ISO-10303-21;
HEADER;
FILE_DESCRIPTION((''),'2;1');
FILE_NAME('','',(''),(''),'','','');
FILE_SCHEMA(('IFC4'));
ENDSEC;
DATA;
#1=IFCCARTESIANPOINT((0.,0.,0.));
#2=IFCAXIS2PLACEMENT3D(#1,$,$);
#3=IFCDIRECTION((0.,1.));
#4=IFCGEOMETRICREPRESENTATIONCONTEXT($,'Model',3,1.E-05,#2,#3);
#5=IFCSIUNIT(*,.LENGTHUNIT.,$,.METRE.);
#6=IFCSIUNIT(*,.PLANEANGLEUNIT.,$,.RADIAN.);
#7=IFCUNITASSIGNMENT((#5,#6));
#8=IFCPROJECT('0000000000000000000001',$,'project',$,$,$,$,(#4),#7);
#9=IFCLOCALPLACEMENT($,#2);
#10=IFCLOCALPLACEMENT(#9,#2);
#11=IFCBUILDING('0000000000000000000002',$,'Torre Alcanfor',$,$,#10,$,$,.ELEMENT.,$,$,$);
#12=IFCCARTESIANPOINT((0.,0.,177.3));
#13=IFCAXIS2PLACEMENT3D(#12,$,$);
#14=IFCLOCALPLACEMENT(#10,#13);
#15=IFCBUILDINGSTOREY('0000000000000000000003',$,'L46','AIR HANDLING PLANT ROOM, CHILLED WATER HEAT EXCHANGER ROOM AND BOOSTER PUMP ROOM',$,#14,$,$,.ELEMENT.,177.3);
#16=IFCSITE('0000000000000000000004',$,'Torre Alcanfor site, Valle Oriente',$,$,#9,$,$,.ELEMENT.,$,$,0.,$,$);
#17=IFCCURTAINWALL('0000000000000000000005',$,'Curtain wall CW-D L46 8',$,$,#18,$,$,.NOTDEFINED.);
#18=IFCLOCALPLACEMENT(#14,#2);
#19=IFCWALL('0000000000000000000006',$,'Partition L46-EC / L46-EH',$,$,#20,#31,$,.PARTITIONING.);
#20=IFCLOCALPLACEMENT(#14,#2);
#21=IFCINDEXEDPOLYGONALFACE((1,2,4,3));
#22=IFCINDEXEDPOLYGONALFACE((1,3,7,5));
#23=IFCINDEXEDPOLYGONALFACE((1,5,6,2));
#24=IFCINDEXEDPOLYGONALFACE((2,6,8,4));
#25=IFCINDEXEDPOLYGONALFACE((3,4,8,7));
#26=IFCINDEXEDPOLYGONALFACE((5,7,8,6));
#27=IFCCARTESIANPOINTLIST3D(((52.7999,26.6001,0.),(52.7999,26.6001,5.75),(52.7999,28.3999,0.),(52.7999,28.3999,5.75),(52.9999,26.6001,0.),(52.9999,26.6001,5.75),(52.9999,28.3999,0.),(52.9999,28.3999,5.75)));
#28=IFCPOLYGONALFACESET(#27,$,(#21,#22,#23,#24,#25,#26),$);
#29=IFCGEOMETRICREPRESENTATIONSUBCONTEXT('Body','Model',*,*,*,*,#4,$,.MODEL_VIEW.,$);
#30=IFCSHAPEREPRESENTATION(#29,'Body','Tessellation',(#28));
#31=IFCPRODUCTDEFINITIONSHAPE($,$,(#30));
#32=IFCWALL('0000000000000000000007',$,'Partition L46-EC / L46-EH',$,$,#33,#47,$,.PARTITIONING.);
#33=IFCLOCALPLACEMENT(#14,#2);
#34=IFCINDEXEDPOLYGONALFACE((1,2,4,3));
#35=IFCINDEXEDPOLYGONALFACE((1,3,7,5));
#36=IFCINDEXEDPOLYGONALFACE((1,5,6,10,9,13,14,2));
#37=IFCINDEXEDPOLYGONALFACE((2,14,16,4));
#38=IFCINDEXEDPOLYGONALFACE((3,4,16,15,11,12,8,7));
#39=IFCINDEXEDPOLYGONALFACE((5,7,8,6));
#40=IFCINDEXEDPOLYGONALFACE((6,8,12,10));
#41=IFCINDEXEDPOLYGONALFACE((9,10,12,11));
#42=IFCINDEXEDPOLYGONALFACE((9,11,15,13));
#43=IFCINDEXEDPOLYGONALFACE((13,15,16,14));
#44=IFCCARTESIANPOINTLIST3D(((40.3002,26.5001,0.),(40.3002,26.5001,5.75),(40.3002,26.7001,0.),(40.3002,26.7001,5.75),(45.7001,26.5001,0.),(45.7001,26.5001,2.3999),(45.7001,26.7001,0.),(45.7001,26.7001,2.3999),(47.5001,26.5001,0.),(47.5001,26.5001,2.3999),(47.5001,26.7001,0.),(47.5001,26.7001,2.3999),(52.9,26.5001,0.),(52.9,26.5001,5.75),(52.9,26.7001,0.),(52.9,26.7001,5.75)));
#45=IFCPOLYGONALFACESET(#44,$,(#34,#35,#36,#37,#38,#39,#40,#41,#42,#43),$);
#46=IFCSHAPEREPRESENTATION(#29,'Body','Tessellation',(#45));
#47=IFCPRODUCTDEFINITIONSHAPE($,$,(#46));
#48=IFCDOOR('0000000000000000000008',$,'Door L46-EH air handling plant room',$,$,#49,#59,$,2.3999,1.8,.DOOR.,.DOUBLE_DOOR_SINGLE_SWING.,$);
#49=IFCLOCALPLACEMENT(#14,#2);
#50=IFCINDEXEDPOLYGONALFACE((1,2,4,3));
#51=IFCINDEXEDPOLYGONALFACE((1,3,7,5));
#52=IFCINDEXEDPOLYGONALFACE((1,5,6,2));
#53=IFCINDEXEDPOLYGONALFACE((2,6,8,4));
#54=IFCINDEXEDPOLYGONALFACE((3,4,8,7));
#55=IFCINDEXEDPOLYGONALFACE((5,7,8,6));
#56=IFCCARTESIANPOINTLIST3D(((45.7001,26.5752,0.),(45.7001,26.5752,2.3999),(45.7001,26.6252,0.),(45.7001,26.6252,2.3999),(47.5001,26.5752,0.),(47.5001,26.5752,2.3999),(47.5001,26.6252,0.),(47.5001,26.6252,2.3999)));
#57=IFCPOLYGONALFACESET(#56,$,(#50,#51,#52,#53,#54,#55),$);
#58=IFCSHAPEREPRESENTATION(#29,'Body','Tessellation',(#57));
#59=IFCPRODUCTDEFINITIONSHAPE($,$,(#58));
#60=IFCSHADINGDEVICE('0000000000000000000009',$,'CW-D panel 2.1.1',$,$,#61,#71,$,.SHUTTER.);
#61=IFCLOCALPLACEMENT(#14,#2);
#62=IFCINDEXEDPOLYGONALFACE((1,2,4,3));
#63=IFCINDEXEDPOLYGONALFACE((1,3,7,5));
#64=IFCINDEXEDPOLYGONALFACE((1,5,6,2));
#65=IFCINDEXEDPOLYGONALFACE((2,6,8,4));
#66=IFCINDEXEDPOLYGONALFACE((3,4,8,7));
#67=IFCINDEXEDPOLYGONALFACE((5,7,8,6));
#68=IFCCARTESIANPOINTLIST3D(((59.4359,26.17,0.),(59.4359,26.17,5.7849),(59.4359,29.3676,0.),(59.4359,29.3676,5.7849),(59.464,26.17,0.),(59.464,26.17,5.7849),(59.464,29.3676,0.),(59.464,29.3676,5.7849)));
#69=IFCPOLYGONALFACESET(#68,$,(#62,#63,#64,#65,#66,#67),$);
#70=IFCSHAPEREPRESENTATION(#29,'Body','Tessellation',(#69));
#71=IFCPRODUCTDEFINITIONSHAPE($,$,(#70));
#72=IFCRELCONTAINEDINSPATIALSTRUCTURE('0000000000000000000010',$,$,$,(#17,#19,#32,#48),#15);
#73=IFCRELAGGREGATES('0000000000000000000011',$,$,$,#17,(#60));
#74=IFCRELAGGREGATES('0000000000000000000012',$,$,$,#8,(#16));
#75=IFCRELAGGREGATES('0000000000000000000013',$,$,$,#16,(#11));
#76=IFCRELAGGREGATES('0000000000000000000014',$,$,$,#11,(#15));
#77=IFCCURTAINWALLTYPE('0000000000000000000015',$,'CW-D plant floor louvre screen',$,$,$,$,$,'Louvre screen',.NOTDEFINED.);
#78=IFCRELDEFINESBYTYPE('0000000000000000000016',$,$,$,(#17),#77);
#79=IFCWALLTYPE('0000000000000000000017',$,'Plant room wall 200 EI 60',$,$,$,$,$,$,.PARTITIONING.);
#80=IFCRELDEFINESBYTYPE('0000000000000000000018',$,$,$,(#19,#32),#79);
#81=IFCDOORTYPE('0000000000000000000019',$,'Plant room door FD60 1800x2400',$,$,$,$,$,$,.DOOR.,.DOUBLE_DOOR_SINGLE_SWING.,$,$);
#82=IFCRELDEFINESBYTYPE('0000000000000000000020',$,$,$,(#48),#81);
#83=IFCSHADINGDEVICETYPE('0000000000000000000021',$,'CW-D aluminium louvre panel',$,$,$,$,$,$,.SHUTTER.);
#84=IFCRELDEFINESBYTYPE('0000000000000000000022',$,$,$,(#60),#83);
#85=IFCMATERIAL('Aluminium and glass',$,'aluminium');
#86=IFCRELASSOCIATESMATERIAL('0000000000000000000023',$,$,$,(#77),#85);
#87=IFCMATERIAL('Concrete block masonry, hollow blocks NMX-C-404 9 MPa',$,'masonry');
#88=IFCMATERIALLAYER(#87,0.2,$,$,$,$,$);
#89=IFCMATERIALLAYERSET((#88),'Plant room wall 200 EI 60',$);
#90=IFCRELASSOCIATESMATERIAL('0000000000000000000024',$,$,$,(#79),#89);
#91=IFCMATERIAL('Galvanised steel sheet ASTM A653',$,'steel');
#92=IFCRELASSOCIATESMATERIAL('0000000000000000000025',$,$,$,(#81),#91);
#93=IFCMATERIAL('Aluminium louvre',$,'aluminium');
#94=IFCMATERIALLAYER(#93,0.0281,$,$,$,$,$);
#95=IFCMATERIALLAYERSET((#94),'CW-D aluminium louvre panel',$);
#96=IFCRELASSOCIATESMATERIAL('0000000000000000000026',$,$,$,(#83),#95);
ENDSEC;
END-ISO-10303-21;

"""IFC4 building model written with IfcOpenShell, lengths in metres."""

from ifc_helpers import new_model, si_unit, direction, frame, frame_2d, origin, origin_2d, place, context, subcontext, project, spatial, rectangle, extrude, material, layer, layer_set, type_object, element, fill, aggregate, save


model = new_model("IFC4")

# Units and contexts
model_context = context("Model", 3, precision=1e-05, world=origin(), true_north=direction((0.0, 1.0)))
body_context = subcontext(model_context, "Body", "Model", "MODEL_VIEW")
ifc_project = project(units=[si_unit("LENGTHUNIT", "METRE"), si_unit("PLANEANGLEUNIT", "RADIAN")], contexts=[model_context])

# Site, building, storey
site_placement = place(None, origin())
site = spatial("IfcSite", under=ifc_project, at=site_placement, Name="Torre Alcanfor site, Valle Oriente", CompositionType="ELEMENT", RefElevation=0.0)
building_placement = place(site_placement, origin())
building = spatial("IfcBuilding", under=site, at=building_placement, Name="Torre Alcanfor", CompositionType="ELEMENT")
storey_placement = place(building_placement, frame((0.0, 0.0, 177.3)))
storey = spatial("IfcBuildingStorey", under=building, at=storey_placement, Name="L46", Description="AIR HANDLING PLANT ROOM, CHILLED WATER HEAT EXCHANGER ROOM AND BOOSTER PUMP ROOM", CompositionType="ELEMENT", Elevation=177.3)

# Curtain wall
ifc_material_1 = material(Name="Aluminium and glass", Category="aluminium")
curtain_wall_type = type_object("IfcCurtainWallType", Name="CW-D plant floor louvre screen", ElementType="Louvre screen", PredefinedType="NOTDEFINED", material=ifc_material_1)
curtain_wall_placement = place(storey_placement, origin())
curtain_wall = element("IfcCurtainWall", 1, at=curtain_wall_placement, inside=storey, type_object=curtain_wall_type, Name="Curtain wall CW-D L46 8", PredefinedType="NOTDEFINED")

# Shared definitions
ifc_material_2 = material(Name="Concrete block masonry, hollow blocks NMX-C-404 9 MPa", Category="masonry")
ifc_layer_1 = layer(ifc_material_2, 0.2)
ifc_layer_set_1 = layer_set([ifc_layer_1], Name="Plant room wall 200 EI 60")
wall_type = type_object("IfcWallType", Name="Plant room wall 200 EI 60", PredefinedType="PARTITIONING", material=ifc_layer_set_1)
ifc_material_3 = material(Name="Galvanised steel sheet ASTM A653", Category="steel")
door_type = type_object("IfcDoorType", Name="Plant room door FD60 1800x2400", OperationType="DOUBLE_DOOR_SINGLE_SWING", PredefinedType="DOOR", material=ifc_material_3)

# Wall
wall_1_placement = place(storey_placement, frame((52.8999, 28.3999, 0.0), z_axis=(0.0, 0.0, 1.0), x_axis=(0.0, -1.0, 0.0)))
element("IfcWall", 2, at=wall_1_placement, inside=storey, type_object=wall_type, Name="Partition L46-EC / L46-EH", PredefinedType="PARTITIONING", context=body_context, shape_type="SweptSolid", body=[
    extrude(rectangle(XDim=1.7998, YDim=0.2, at=frame_2d((0.8999, 0.0))), origin(), (0.0, 0.0, 1.0), 5.75),
])

# Wall, opening, door
wall_2_placement = place(storey_placement, frame((52.8999, 26.6001, 0.0), z_axis=(0.0, 0.0, 1.0), x_axis=(-1.0, 0.0, 0.0)))
wall_2 = element("IfcWall", 3, at=wall_2_placement, inside=storey, type_object=wall_type, Name="Partition L46-EC / L46-EH", PredefinedType="PARTITIONING", context=body_context, shape_type="SweptSolid", body=[
    extrude(rectangle(XDim=12.5999, YDim=0.2, at=frame_2d((6.2998, 0.0))), origin(), (0.0, 0.0, 1.0), 5.75),
])
opening_1_placement = place(wall_2_placement, frame((5.3999, 0.0, 0.0)))
opening_1 = element("IfcOpeningElement", 4, at=opening_1_placement, cuts=wall_2, PredefinedType="OPENING", context=body_context, shape_type="SweptSolid", body=[
    extrude(rectangle(XDim=1.8, YDim=2.3999, at=frame_2d((0.8999, 1.2))), frame((0.0, 0.1099, 0.0), z_axis=(0.0, -1.0, 0.0), x_axis=(1.0, 0.0, 0.0)), (0.0, 0.0, 1.0), 0.22),
])
door_1_placement = place(opening_1_placement, origin())
door_1 = element("IfcDoor", 5, at=door_1_placement, inside=storey, type_object=door_type, Name="Door L46-EH air handling plant room", OperationType="DOUBLE_DOOR_SINGLE_SWING", OverallHeight=2.3999, OverallWidth=1.8, PredefinedType="DOOR", context=body_context, shape_type="SweptSolid", body=[
    extrude(rectangle(XDim=1.8, YDim=2.3999, at=frame_2d((0.8999, 1.2))), frame((0.0, 0.0249, 0.0), z_axis=(0.0, -1.0, 0.0), x_axis=(1.0, 0.0, 0.0)), (0.0, 0.0, 1.0), 0.05),
])
fill(opening_1, door_1)

# Shading device
ifc_material_4 = material(Name="Aluminium louvre", Category="aluminium")
ifc_layer_2 = layer(ifc_material_4, 0.0281)
ifc_layer_set_2 = layer_set([ifc_layer_2], Name="CW-D aluminium louvre panel")
shading_device_type = type_object("IfcShadingDeviceType", Name="CW-D aluminium louvre panel", PredefinedType="SHUTTER", material=ifc_layer_set_2)
shading_device_placement = place(storey_placement, frame((59.45, 27.7688, 0.0), z_axis=(0.0, 0.0, 1.0), x_axis=(0.0, 1.0, 0.0)))
shading_device = element("IfcShadingDevice", 6, at=shading_device_placement, type_object=shading_device_type, Name="CW-D panel 2.1.1", PredefinedType="SHUTTER", context=body_context, shape_type="SweptSolid", body=[
    extrude(rectangle(XDim=3.1975, YDim=0.0281, at=origin_2d()), origin(), (0.0, 0.0, 1.0), 5.7849),
])
aggregate(curtain_wall, [shading_device])

save(model, "model.ifc")
